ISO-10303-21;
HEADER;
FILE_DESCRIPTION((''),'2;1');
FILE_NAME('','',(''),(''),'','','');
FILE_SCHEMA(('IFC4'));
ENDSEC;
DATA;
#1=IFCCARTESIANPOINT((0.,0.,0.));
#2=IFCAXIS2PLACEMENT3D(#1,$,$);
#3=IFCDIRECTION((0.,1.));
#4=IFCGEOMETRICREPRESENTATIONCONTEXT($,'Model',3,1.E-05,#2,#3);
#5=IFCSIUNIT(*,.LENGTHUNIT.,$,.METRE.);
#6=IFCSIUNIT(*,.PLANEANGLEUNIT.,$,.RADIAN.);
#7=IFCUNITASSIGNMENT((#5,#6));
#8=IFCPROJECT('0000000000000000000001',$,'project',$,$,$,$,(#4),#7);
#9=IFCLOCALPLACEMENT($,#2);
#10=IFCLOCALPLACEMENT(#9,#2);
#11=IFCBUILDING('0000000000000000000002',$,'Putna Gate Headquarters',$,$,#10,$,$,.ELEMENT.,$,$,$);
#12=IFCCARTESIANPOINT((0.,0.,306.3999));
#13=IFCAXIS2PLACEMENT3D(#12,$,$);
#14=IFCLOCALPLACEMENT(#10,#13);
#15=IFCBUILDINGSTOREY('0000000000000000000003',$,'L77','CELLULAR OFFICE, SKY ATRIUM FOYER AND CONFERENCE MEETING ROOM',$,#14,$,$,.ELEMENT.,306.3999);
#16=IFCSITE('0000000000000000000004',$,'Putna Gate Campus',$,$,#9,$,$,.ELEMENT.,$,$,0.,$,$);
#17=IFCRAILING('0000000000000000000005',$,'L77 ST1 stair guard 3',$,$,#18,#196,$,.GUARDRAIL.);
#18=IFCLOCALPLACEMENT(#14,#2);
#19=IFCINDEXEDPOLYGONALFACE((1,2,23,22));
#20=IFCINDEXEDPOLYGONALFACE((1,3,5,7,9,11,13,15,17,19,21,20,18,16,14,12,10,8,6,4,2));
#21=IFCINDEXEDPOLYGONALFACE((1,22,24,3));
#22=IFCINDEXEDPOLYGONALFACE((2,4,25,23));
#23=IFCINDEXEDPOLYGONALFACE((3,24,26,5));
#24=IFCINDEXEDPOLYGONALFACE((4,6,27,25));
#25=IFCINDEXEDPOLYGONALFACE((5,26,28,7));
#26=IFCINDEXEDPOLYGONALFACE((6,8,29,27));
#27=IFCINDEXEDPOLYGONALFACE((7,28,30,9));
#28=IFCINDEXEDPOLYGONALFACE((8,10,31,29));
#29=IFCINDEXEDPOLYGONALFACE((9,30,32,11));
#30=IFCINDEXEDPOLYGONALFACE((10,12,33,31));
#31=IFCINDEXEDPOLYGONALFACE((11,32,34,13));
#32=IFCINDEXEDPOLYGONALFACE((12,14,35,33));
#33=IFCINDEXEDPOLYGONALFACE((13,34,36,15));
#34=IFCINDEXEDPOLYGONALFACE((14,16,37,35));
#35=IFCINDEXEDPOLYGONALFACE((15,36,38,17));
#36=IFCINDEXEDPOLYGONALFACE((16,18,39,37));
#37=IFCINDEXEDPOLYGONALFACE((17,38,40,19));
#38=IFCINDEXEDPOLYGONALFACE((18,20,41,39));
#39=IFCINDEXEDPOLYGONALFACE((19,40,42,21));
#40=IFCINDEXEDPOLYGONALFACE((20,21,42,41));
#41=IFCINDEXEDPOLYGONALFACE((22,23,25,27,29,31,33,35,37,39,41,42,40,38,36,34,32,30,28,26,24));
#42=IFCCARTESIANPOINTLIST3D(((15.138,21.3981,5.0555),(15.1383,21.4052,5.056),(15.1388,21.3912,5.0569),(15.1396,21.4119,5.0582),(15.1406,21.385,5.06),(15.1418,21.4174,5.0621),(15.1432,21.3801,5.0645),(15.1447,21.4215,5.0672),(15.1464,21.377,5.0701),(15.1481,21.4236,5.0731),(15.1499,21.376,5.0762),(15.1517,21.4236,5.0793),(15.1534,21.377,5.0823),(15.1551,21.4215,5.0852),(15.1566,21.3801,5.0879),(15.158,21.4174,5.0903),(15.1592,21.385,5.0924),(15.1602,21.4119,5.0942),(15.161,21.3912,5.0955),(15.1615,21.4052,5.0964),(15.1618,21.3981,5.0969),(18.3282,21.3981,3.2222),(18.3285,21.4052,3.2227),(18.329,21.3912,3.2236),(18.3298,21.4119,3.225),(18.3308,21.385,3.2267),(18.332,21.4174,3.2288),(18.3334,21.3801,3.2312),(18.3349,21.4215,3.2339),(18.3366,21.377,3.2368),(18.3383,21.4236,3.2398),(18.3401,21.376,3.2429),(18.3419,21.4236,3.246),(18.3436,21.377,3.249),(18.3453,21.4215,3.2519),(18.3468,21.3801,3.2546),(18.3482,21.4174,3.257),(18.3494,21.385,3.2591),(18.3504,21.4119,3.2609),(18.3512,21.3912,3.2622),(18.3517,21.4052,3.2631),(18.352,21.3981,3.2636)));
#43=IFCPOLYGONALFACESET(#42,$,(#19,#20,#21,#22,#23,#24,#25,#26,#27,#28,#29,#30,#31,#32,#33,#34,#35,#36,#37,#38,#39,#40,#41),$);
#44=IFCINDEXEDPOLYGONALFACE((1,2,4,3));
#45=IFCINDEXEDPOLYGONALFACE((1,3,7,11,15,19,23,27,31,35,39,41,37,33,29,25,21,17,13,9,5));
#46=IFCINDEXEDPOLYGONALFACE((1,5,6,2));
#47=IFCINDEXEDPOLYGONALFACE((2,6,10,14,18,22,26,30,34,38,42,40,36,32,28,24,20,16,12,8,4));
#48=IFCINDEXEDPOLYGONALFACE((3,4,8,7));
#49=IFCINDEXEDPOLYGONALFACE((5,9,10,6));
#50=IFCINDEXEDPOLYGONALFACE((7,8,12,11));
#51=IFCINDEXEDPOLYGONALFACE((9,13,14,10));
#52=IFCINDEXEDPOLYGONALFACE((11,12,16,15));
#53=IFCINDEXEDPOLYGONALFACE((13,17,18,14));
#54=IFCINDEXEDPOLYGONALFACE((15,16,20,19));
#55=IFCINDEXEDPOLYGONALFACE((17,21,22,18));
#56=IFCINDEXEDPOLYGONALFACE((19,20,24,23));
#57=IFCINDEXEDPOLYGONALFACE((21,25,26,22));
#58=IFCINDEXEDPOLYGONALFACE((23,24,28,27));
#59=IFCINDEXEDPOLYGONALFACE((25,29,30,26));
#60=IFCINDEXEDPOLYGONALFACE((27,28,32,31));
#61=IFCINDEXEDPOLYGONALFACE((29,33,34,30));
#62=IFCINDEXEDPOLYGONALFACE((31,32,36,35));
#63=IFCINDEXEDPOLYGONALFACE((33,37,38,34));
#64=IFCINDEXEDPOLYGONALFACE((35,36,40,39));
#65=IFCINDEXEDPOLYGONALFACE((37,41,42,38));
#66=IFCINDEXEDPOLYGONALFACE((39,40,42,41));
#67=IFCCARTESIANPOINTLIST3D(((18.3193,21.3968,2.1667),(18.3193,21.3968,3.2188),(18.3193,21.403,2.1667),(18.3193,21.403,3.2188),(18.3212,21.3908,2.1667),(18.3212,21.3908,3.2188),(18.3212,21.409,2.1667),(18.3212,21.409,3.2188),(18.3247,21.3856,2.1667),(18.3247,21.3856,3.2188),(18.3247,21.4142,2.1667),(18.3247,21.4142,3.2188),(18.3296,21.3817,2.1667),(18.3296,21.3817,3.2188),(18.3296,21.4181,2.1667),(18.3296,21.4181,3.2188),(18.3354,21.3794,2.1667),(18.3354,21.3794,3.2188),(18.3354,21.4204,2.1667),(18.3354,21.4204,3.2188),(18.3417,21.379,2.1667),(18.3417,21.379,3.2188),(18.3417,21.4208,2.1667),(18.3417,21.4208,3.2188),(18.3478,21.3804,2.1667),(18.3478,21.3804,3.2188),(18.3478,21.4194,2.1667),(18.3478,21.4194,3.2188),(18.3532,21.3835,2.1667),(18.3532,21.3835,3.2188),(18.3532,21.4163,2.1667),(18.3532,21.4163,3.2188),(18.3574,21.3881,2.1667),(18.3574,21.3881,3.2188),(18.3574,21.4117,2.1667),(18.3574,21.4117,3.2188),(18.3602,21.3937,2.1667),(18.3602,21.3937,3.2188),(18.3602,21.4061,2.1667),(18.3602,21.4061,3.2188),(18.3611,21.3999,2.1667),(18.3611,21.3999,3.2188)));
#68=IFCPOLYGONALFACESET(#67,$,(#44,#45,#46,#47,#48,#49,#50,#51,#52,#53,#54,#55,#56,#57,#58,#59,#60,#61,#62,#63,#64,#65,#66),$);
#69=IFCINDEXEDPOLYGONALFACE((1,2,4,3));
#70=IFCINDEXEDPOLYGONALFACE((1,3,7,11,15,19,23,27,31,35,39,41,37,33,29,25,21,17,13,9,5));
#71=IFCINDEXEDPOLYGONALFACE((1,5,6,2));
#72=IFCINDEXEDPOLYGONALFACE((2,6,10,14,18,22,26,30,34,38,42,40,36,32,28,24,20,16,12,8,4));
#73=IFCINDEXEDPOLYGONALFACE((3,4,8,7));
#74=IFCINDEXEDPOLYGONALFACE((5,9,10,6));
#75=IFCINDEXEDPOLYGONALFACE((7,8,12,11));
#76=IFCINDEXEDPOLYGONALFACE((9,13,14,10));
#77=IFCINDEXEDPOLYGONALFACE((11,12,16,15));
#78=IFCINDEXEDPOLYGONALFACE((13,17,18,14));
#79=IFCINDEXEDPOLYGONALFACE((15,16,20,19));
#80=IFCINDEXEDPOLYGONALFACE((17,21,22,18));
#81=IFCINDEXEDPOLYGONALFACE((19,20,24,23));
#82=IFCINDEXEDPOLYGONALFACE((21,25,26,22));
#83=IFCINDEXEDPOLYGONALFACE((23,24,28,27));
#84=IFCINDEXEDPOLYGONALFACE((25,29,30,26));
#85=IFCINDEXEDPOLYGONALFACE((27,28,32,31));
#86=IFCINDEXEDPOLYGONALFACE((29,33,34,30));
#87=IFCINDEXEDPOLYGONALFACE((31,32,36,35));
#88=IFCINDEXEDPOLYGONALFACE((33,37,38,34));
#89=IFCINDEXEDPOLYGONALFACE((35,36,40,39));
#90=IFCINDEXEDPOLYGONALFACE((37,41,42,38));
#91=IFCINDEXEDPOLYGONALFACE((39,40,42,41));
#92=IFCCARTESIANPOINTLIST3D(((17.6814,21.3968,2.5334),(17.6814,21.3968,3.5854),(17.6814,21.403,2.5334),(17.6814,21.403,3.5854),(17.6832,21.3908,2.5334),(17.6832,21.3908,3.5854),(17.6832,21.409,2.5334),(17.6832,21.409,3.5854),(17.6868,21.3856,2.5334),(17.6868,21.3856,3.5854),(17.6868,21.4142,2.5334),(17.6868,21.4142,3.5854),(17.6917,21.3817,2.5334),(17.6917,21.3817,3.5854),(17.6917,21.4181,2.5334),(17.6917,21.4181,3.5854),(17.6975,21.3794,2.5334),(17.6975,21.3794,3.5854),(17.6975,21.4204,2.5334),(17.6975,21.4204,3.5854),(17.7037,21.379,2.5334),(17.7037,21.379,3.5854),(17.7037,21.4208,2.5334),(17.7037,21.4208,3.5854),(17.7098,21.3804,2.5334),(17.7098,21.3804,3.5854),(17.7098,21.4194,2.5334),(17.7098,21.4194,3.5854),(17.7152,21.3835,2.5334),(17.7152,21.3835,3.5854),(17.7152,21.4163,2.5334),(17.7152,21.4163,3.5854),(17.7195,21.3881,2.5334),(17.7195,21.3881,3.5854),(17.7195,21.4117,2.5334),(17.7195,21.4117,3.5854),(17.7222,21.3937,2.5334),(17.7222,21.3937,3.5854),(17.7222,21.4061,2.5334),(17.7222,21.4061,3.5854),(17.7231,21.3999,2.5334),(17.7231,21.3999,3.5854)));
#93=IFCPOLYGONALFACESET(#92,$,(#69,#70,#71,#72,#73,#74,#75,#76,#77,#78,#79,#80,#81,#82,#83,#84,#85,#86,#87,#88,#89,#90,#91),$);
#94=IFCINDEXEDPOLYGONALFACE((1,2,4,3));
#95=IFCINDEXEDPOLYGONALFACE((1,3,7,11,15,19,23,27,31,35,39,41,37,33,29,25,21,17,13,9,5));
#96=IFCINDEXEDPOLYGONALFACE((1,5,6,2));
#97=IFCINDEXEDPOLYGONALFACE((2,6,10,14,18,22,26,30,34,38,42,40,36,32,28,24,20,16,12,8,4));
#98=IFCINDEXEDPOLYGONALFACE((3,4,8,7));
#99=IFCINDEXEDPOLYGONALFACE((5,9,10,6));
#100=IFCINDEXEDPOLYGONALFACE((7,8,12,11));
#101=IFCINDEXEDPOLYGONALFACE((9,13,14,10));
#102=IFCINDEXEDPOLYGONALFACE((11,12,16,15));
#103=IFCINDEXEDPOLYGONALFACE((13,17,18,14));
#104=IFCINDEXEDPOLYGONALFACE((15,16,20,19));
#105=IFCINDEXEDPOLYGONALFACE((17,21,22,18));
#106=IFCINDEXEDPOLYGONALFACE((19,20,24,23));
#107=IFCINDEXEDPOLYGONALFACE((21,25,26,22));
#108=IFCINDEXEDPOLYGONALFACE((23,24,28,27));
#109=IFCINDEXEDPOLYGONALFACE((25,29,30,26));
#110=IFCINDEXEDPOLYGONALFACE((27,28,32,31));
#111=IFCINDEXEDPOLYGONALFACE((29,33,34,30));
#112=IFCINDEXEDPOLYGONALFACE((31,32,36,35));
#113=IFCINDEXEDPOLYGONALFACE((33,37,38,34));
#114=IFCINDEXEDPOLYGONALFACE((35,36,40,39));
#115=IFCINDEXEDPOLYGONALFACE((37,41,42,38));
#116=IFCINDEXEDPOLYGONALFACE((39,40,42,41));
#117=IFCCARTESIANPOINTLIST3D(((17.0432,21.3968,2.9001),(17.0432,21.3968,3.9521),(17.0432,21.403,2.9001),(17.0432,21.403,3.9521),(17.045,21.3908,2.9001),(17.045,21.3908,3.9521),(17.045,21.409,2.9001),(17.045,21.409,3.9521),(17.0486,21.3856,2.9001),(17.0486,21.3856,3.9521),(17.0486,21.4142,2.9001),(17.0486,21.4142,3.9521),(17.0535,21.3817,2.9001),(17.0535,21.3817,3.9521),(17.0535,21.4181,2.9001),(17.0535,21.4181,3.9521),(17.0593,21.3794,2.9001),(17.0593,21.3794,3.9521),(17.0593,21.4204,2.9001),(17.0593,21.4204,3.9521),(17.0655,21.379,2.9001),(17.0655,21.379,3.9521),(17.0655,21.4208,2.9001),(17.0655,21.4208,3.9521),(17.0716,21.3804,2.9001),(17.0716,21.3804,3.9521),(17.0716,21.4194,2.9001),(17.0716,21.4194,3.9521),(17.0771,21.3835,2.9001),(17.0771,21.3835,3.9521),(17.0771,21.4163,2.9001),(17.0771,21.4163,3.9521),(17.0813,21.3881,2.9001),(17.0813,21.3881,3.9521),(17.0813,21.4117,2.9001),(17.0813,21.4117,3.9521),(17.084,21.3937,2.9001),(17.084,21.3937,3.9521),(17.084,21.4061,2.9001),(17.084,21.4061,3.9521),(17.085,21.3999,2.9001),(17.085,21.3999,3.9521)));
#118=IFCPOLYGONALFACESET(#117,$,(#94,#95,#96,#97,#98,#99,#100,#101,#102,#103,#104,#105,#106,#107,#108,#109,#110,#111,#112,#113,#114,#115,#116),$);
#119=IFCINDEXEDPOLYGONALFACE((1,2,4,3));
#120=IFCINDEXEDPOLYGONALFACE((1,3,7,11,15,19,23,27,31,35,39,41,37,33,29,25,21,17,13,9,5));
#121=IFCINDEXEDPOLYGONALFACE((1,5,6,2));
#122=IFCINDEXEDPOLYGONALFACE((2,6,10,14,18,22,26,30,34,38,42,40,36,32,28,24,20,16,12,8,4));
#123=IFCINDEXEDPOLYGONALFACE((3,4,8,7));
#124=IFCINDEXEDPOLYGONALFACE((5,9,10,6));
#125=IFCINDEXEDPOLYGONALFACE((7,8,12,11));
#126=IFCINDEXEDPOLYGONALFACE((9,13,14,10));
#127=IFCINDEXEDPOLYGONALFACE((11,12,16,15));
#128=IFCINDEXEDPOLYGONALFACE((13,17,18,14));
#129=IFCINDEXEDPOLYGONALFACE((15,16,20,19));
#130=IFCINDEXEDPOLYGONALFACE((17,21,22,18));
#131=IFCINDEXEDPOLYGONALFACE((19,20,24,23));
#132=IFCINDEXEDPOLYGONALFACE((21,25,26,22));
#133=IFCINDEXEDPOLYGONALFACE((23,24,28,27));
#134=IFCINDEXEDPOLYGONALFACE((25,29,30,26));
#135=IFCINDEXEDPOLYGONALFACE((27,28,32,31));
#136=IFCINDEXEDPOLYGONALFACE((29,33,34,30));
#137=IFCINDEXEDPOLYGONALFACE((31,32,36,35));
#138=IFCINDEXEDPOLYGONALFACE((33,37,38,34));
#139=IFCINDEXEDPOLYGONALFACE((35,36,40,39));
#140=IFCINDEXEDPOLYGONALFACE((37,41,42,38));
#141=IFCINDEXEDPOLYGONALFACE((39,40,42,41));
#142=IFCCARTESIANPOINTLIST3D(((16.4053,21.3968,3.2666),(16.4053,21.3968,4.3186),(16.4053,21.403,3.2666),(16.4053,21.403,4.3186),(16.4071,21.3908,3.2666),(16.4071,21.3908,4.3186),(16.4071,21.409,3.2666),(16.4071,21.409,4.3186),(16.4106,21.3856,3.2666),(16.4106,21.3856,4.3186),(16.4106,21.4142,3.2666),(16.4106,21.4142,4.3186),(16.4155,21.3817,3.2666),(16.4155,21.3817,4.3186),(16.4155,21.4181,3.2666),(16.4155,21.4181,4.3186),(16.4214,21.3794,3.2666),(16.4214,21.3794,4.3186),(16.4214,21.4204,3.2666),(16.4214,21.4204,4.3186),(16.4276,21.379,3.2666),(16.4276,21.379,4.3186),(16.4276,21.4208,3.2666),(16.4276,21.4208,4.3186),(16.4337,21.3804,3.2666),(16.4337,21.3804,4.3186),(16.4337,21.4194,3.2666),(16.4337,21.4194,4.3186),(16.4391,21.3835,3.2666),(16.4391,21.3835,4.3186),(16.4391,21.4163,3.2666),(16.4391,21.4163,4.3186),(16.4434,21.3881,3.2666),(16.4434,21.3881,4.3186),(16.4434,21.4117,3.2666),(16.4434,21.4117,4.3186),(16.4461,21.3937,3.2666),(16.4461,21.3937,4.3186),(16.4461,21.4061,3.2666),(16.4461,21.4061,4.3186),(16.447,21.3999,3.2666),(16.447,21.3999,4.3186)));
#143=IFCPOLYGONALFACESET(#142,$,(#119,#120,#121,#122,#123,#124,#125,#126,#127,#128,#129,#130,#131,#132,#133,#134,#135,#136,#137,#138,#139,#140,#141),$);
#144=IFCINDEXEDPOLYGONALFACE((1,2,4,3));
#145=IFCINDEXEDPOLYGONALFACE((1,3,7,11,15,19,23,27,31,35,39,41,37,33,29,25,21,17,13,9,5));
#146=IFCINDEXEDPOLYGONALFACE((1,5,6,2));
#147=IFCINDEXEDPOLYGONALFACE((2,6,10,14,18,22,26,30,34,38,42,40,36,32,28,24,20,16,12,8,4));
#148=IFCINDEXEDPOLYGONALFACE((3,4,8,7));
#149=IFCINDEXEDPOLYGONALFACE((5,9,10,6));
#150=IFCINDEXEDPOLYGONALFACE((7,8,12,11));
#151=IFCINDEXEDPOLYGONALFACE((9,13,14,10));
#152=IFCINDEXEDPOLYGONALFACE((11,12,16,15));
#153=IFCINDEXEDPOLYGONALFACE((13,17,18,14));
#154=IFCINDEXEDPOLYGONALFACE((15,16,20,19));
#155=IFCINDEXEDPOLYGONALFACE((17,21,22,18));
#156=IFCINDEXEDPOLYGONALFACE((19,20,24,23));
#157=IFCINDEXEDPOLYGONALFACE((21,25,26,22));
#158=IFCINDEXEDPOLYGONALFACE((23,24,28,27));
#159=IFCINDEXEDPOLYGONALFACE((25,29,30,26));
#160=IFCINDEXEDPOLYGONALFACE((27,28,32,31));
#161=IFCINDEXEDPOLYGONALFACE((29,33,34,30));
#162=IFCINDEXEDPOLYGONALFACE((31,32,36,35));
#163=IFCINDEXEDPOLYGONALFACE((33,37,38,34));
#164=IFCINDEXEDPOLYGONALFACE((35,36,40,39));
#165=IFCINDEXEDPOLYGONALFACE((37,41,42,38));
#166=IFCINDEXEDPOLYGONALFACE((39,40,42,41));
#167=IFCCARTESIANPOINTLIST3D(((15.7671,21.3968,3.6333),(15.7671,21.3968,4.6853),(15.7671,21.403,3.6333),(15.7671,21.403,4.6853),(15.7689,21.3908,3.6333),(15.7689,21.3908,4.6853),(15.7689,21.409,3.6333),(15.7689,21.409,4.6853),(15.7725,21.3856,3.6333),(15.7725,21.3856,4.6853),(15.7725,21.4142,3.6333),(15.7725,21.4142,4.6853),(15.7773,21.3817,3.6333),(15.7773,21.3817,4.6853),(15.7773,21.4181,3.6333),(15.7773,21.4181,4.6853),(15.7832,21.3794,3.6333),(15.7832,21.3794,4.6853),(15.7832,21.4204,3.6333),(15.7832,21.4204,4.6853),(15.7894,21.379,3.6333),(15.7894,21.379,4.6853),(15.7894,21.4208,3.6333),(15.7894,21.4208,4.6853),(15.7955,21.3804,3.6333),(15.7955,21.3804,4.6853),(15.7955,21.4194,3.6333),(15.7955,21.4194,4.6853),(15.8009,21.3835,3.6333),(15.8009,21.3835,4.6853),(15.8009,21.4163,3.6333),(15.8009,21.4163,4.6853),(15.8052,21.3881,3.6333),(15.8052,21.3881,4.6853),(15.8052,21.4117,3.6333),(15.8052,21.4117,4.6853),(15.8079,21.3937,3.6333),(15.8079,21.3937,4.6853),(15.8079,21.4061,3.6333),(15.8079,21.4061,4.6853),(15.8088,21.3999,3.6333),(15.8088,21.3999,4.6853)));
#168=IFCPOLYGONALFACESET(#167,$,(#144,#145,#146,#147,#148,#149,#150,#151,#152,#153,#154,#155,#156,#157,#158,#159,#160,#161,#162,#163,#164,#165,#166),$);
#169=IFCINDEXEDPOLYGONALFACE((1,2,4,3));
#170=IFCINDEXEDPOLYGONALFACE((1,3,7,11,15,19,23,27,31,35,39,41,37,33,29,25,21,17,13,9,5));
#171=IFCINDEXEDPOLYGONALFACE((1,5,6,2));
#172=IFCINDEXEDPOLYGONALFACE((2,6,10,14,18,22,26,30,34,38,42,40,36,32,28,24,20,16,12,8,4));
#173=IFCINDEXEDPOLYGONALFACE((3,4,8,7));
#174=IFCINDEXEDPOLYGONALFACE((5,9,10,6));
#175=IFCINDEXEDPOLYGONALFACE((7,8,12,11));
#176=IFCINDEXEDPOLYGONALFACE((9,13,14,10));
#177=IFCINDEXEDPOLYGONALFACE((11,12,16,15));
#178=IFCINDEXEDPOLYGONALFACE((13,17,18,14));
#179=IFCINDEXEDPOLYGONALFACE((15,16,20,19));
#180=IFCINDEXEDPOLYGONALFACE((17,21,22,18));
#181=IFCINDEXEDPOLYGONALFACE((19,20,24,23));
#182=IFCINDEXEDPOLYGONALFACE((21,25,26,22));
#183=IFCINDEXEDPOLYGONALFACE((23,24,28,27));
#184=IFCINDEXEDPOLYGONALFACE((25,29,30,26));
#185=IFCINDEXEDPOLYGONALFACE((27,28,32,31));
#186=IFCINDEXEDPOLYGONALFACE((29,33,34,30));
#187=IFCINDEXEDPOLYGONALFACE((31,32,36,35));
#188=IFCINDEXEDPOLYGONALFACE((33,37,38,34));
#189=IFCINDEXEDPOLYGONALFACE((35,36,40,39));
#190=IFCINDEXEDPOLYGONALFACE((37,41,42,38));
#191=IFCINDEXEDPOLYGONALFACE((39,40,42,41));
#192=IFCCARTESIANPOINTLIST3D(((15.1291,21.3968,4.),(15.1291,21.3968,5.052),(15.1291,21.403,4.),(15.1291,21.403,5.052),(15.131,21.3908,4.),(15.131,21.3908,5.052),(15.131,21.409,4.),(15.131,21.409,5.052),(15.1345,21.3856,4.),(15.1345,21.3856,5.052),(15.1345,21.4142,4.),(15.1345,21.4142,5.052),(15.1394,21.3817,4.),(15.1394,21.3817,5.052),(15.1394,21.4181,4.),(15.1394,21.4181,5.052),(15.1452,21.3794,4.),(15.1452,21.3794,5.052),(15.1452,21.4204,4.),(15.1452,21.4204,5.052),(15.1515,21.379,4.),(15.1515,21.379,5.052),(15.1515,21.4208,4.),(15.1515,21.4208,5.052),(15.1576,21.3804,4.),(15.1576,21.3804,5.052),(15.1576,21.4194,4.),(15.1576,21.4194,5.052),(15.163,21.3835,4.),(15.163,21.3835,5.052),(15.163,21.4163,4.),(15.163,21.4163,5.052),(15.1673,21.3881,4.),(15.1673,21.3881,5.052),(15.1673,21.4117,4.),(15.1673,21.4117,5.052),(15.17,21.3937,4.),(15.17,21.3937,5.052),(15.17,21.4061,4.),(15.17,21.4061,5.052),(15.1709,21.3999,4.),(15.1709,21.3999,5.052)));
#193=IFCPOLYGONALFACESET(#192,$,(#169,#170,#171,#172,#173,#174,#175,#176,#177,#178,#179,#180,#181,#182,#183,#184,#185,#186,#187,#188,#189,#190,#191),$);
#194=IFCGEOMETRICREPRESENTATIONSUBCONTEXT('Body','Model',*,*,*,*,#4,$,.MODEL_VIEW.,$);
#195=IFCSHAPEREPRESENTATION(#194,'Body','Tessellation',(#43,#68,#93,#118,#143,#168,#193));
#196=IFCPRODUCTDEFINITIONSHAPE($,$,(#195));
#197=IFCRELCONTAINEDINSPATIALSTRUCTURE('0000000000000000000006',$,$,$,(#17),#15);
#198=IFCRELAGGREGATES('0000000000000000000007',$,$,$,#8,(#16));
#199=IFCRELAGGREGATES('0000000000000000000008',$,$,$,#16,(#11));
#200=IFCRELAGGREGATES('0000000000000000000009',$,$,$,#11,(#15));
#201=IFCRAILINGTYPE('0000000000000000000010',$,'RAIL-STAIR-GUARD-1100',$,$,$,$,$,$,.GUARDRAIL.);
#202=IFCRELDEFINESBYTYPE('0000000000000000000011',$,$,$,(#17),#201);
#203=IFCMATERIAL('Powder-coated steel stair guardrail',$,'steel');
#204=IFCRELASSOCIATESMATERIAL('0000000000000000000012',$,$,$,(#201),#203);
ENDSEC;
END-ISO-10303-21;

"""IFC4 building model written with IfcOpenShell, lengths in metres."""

from ifc_helpers import new_model, si_unit, direction, frame, origin, origin_2d, place, context, subcontext, project, spatial, circle, extrude, material, type_object, element, save


model = new_model("IFC4")

# Units and contexts
model_context = context("Model", 3, precision=1e-05, world=origin(), true_north=direction((0.0, 1.0)))
body_context = subcontext(model_context, "Body", "Model", "MODEL_VIEW")
ifc_project = project(units=[si_unit("LENGTHUNIT", "METRE"), si_unit("PLANEANGLEUNIT", "RADIAN")], contexts=[model_context])

# Site, building, storey
site_placement = place(None, origin())
site = spatial("IfcSite", under=ifc_project, at=site_placement, Name="Putna Gate Campus", CompositionType="ELEMENT", RefElevation=0.0)
building_placement = place(site_placement, origin())
building = spatial("IfcBuilding", under=site, at=building_placement, Name="Putna Gate Headquarters", CompositionType="ELEMENT")
storey_placement = place(building_placement, frame((0.0, 0.0, 306.3999)))
storey = spatial("IfcBuildingStorey", under=building, at=storey_placement, Name="L77", Description="CELLULAR OFFICE, SKY ATRIUM FOYER AND CONFERENCE MEETING ROOM", CompositionType="ELEMENT", Elevation=306.3999)

# Railing
ifc_material_1 = material(Name="Powder-coated steel stair guardrail", Category="steel")
railing_type_1 = type_object("IfcRailingType", Name="RAIL-STAIR-GUARD-1100", PredefinedType="GUARDRAIL", material=ifc_material_1)
railing_1_placement = place(storey_placement, frame((18.3401, 21.3999, 2.1667)))
element("IfcRailing", 1, at=railing_1_placement, inside=storey, type_object=railing_type_1, Name="L77 ST1 stair guard 3", PredefinedType="GUARDRAIL", context=body_context, shape_type="SweptSolid", body=[
    extrude(circle(Radius=0.0239, at=origin_2d()), frame((0.0, 0.0, 1.0762), z_axis=(-0.867036, 0.0, 0.498245), x_axis=(0.0, -1.0, 0.0)), (0.0, 0.0, 1.0), 3.6794),
    extrude(circle(Radius=0.021, at=origin_2d()), origin(), (0.0, 0.0, 1.0), 1.052),
    extrude(circle(Radius=0.021, at=origin_2d()), frame((-0.6379, 0.0, 0.3667)), (0.0, 0.0, 1.0), 1.052),
    extrude(circle(Radius=0.021, at=origin_2d()), frame((-1.2761, 0.0, 0.7334)), (0.0, 0.0, 1.0), 1.052),
    extrude(circle(Radius=0.021, at=origin_2d()), frame((-1.9141, 0.0, 1.0999)), (0.0, 0.0, 1.0), 1.052),
    extrude(circle(Radius=0.021, at=origin_2d()), frame((-2.5522, 0.0, 1.4666)), (0.0, 0.0, 1.0), 1.052),
    extrude(circle(Radius=0.021, at=origin_2d()), frame((-3.1902, 0.0, 1.8333)), (0.0, 0.0, 1.0), 1.052),
])

save(model, "model.ifc")
